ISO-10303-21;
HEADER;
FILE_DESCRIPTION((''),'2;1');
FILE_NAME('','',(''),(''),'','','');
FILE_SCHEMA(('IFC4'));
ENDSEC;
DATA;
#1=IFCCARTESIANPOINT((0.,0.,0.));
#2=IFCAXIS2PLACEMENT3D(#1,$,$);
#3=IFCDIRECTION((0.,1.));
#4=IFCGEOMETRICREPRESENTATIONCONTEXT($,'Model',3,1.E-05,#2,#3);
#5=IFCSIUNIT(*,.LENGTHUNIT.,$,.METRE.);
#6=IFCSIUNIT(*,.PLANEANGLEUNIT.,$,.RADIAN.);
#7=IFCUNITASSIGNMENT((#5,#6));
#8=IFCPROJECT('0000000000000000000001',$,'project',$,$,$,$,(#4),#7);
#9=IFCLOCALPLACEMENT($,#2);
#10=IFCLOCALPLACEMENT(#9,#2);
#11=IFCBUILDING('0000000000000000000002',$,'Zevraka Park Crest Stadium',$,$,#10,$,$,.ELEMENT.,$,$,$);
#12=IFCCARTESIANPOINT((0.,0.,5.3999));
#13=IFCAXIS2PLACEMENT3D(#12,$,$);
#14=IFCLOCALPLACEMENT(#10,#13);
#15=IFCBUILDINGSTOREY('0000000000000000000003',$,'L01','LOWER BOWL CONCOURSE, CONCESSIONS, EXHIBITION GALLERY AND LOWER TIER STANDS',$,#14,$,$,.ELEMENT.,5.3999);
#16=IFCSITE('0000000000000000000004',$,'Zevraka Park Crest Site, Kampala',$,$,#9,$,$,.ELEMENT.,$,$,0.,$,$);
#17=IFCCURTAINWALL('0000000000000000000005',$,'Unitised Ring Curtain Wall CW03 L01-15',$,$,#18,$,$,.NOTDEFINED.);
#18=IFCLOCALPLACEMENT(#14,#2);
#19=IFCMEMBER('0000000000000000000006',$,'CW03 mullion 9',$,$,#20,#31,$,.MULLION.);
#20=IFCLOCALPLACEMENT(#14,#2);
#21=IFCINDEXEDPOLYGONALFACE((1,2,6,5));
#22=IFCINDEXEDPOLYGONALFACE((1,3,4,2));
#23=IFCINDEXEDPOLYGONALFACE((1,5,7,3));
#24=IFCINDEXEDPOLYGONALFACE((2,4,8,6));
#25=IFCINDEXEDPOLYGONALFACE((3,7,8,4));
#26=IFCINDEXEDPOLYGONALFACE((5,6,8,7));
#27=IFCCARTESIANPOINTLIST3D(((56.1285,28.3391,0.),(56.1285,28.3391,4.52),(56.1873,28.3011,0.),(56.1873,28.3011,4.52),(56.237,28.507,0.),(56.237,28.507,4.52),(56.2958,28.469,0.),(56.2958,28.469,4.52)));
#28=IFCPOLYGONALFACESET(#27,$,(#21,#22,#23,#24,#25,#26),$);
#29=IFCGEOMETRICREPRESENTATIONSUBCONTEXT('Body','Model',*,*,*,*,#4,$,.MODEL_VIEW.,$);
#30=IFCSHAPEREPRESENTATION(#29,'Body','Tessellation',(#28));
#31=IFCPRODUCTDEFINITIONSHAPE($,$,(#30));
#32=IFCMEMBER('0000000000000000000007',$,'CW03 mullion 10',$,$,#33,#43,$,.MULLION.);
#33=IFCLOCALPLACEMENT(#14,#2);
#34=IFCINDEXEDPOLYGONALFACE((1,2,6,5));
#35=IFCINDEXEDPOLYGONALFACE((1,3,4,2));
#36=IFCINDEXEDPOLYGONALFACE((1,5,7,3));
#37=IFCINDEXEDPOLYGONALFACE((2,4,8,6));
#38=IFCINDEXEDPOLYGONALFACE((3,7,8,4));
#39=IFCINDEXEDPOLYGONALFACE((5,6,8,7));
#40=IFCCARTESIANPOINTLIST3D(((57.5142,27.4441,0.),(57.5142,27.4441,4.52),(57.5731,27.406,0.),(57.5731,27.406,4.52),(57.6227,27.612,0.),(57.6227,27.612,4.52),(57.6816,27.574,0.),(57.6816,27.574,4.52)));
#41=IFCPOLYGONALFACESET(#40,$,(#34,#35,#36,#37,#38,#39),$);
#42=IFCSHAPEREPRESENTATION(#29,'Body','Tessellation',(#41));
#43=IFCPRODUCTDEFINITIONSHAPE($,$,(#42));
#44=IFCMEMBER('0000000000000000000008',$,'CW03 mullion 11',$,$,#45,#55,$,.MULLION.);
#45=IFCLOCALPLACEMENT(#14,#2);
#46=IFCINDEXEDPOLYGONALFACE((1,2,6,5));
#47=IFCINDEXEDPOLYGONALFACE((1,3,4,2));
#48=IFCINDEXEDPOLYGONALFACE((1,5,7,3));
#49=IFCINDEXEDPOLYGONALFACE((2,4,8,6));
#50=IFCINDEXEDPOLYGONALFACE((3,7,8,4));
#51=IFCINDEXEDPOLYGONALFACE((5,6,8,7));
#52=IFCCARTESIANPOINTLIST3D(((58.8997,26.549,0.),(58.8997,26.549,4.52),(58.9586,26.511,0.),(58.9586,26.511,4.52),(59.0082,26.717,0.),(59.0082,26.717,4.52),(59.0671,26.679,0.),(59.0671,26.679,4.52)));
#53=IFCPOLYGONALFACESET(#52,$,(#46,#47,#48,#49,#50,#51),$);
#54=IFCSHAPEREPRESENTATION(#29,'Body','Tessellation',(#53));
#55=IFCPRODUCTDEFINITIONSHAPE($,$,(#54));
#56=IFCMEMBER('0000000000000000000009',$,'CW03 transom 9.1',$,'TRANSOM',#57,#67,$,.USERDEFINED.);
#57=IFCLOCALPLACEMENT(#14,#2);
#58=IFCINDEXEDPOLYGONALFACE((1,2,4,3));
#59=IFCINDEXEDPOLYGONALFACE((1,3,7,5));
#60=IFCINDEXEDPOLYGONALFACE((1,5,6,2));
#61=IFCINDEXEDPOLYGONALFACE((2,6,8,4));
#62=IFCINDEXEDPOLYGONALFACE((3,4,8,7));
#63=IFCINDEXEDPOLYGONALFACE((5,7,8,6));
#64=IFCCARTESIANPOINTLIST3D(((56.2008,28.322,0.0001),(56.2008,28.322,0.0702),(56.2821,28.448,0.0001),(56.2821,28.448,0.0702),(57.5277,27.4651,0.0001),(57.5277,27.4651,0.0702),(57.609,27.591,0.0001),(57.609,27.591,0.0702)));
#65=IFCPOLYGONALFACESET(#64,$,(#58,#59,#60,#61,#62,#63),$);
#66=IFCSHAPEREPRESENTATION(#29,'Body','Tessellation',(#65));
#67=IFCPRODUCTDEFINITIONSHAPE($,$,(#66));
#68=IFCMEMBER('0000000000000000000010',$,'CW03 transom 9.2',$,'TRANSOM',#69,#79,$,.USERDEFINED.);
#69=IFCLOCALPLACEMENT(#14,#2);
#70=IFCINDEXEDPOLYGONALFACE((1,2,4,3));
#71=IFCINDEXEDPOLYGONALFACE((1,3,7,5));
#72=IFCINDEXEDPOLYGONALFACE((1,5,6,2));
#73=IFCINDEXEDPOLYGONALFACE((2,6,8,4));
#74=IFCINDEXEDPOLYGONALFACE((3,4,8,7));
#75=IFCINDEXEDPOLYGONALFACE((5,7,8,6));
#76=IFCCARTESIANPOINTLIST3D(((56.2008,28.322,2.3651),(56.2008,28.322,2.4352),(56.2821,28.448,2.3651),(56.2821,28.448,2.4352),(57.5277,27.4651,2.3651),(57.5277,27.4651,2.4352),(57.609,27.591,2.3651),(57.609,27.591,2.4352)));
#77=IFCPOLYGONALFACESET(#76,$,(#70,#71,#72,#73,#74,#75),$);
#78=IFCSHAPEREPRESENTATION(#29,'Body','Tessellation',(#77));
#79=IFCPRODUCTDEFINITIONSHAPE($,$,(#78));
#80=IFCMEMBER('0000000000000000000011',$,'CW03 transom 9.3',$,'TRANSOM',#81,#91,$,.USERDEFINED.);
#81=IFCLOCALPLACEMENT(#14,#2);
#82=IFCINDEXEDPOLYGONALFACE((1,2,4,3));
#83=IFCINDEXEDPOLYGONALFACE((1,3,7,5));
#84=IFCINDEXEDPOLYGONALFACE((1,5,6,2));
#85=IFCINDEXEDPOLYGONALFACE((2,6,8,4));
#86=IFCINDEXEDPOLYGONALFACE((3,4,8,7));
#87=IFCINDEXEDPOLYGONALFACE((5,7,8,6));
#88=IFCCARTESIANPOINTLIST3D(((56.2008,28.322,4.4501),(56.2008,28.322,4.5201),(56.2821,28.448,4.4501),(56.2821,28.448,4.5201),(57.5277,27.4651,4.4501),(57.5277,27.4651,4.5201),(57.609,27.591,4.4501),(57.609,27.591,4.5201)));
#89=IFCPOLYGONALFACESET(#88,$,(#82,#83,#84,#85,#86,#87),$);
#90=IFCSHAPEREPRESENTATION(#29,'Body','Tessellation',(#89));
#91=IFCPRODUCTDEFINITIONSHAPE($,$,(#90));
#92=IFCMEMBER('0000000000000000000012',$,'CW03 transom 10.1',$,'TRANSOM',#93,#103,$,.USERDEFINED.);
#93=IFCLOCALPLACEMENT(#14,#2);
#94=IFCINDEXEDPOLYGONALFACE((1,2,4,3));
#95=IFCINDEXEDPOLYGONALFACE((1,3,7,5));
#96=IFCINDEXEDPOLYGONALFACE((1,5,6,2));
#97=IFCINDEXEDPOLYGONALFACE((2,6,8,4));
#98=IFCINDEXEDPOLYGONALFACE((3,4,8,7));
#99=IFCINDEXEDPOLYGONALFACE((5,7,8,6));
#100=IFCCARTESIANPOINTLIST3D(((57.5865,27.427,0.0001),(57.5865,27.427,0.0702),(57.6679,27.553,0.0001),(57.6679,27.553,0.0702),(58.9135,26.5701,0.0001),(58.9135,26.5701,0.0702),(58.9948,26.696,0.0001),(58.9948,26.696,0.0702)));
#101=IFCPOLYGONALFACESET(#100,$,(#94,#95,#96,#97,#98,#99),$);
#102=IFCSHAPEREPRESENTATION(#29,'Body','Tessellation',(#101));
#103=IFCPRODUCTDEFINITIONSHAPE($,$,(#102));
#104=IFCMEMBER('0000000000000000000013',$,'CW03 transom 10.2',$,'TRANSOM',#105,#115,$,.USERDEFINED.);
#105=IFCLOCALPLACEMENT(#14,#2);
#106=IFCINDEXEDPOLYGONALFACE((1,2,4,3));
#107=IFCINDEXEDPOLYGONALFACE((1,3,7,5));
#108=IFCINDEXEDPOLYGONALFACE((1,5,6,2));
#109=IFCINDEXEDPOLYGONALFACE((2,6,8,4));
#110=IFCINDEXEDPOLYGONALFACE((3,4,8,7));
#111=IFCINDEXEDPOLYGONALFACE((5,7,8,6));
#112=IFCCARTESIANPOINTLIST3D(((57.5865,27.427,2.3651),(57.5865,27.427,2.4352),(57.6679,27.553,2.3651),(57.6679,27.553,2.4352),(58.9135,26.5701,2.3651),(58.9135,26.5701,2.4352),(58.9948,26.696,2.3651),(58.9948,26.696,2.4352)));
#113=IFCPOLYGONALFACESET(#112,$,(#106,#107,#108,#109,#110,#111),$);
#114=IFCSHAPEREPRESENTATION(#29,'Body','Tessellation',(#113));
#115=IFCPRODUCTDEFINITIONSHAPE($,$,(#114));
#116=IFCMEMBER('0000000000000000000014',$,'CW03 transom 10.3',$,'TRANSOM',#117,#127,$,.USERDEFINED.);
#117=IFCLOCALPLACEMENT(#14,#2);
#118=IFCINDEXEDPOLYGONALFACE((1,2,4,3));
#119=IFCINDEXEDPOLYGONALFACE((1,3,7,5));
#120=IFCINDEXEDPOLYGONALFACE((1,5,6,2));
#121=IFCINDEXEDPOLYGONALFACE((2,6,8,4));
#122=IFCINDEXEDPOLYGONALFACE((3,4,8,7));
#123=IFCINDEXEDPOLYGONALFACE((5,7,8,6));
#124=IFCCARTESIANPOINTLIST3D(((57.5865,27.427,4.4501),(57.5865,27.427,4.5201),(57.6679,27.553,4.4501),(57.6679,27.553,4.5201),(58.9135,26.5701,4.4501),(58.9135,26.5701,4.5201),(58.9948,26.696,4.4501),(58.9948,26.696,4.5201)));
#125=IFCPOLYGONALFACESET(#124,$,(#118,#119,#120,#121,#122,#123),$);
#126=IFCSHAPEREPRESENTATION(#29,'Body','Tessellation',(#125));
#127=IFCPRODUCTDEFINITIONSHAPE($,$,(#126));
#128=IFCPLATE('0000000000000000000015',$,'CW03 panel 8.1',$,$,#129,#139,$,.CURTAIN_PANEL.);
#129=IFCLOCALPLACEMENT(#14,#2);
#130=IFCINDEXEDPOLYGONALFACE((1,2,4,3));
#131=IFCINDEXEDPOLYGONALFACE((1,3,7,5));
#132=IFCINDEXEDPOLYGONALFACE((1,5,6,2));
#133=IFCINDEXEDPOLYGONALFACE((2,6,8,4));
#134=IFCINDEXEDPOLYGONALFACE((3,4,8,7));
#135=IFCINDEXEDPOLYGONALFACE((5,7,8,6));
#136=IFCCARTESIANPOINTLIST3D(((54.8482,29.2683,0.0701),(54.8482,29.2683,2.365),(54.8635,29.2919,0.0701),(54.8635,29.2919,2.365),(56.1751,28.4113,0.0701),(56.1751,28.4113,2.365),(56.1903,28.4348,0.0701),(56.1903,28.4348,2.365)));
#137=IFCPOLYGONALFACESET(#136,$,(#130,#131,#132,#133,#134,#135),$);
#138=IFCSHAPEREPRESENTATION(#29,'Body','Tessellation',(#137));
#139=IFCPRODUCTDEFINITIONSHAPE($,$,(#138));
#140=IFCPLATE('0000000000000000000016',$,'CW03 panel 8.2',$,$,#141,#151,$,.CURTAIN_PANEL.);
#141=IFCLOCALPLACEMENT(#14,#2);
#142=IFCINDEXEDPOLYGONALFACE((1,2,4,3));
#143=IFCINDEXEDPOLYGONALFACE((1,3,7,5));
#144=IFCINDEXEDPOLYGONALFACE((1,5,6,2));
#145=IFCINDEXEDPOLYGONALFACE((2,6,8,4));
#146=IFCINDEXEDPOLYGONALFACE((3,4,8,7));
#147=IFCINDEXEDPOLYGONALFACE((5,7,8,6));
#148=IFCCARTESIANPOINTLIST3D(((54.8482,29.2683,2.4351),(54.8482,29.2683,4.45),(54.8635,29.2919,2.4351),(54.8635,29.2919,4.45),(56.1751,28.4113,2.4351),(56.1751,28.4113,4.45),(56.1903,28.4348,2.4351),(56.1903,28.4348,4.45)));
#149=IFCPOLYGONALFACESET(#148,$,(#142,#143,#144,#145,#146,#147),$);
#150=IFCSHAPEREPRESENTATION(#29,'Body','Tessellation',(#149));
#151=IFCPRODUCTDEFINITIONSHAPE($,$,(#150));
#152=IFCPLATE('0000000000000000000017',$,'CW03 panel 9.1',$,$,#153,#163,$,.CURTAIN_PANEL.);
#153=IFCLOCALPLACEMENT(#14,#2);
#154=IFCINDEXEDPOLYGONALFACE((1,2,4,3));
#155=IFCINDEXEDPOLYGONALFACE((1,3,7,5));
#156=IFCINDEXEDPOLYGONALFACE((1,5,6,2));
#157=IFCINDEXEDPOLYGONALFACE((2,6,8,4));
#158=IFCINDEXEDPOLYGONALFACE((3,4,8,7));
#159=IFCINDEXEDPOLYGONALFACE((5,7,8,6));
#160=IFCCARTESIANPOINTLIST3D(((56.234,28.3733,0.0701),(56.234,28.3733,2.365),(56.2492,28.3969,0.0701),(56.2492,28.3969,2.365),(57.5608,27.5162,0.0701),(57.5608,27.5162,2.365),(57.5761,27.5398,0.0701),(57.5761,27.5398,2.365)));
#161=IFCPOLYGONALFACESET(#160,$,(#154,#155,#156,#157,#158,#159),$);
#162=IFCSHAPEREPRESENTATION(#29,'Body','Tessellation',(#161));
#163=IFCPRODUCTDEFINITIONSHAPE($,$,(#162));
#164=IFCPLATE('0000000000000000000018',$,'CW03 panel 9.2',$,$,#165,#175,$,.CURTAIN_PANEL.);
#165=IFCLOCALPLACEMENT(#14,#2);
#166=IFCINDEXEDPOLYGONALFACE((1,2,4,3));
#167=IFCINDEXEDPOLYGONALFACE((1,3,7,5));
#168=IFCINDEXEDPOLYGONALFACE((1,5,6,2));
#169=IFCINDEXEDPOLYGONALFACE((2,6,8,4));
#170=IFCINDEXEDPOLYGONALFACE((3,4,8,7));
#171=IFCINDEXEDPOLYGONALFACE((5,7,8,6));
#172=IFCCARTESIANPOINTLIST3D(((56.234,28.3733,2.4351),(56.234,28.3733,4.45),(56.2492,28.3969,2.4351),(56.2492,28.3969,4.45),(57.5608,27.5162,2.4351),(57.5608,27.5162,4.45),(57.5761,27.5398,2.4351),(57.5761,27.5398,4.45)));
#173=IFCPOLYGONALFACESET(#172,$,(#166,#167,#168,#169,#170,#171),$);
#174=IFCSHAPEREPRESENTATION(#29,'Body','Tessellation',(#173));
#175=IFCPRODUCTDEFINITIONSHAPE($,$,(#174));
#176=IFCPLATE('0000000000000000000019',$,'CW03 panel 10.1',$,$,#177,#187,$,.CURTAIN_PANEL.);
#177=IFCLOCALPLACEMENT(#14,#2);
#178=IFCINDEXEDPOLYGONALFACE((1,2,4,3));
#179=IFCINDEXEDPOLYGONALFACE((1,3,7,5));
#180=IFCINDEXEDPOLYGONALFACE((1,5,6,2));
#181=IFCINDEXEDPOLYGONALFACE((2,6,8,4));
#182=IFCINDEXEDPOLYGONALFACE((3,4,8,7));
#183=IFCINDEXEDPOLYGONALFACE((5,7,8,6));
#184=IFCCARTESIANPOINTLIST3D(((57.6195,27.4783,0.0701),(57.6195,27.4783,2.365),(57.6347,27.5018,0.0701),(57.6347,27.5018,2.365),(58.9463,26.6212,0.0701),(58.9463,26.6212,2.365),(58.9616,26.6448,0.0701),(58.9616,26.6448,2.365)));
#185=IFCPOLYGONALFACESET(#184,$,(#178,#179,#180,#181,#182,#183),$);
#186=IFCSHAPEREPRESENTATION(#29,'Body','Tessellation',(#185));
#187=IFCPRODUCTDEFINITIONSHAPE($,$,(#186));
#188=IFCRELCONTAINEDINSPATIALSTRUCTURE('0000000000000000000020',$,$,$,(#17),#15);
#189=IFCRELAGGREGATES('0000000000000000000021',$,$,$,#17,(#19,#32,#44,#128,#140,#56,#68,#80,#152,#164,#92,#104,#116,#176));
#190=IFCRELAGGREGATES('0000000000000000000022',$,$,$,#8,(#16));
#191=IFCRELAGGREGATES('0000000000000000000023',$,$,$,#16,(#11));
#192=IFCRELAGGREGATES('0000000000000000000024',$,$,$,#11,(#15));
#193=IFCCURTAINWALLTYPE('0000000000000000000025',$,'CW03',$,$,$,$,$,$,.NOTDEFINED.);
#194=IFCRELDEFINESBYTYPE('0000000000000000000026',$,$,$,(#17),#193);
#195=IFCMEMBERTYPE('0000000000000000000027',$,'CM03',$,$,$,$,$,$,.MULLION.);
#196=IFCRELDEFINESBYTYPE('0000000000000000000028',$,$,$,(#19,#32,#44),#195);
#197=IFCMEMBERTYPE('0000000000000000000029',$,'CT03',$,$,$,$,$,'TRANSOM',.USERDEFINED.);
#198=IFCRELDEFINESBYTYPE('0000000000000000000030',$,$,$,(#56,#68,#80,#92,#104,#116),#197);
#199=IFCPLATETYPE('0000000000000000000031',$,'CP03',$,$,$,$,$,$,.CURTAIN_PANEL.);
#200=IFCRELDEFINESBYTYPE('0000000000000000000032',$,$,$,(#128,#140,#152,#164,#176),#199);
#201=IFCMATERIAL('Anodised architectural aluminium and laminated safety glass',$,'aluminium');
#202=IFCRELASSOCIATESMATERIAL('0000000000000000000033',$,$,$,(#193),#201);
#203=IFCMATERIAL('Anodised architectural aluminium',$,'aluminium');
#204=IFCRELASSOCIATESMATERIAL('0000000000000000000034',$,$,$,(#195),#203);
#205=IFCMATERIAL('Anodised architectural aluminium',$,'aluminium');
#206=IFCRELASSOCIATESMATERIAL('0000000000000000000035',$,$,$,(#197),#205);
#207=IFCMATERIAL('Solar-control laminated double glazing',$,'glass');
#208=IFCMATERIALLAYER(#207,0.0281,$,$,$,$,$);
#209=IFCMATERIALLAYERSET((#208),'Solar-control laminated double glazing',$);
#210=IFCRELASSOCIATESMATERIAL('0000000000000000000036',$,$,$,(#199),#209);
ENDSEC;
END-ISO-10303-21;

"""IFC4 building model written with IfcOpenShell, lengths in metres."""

from ifc_helpers import new_model, si_unit, direction, frame, origin, origin_2d, place, context, subcontext, project, spatial, rectangle, extrude, material, layer, layer_set, material_profile, profile_set, type_object, element, aggregate, save


model = new_model("IFC4")

# Units and contexts
model_context = context("Model", 3, precision=1e-05, world=origin(), true_north=direction((0.0, 1.0)))
body_context = subcontext(model_context, "Body", "Model", "MODEL_VIEW")
ifc_project = project(units=[si_unit("LENGTHUNIT", "METRE"), si_unit("PLANEANGLEUNIT", "RADIAN")], contexts=[model_context])

# Site, building, storey
site_placement = place(None, origin())
site = spatial("IfcSite", under=ifc_project, at=site_placement, Name="Zevraka Park Crest Site, Kampala", CompositionType="ELEMENT", RefElevation=0.0)
building_placement = place(site_placement, origin())
building = spatial("IfcBuilding", under=site, at=building_placement, Name="Zevraka Park Crest Stadium", CompositionType="ELEMENT")
storey_placement = place(building_placement, frame((0.0, 0.0, 5.3999)))
storey = spatial("IfcBuildingStorey", under=building, at=storey_placement, Name="L01", Description="LOWER BOWL CONCOURSE, CONCESSIONS, EXHIBITION GALLERY AND LOWER TIER STANDS", CompositionType="ELEMENT", Elevation=5.3999)

# Curtain wall, members, plates
ifc_material_1 = material(Name="Anodised architectural aluminium and laminated safety glass", Category="aluminium")
curtain_wall_type = type_object("IfcCurtainWallType", Name="CW03", PredefinedType="NOTDEFINED", material=ifc_material_1)
curtain_wall_placement = place(storey_placement, origin())
curtain_wall = element("IfcCurtainWall", 1, at=curtain_wall_placement, inside=storey, type_object=curtain_wall_type, Name="Unitised Ring Curtain Wall CW03 L01-15", PredefinedType="NOTDEFINED")
ifc_material_2 = material(Name="Anodised architectural aluminium", Category="aluminium")
ifc_material_profile_1 = material_profile(ifc_material_2, rectangle(XDim=0.2, YDim=0.0701, at=origin_2d()), Name="ALU MULLION 200x70")
ifc_profile_set_1 = profile_set([ifc_material_profile_1], Name="Anodised architectural aluminium")
member_type_1 = type_object("IfcMemberType", Name="CM03", PredefinedType="MULLION", material=ifc_profile_set_1)
member_1_placement = place(storey_placement, frame((56.2122, 28.4041, 0.0), z_axis=(0.0, 0.0, 1.0), x_axis=(0.542571, 0.84001, 0.0)))
member_1 = element("IfcMember", 2, at=member_1_placement, type_object=member_type_1, Name="CW03 mullion 9", PredefinedType="MULLION", context=body_context, shape_type="SweptSolid", body=[
    extrude(rectangle(XDim=0.2, YDim=0.0701, at=origin_2d()), origin(), (0.0, 0.0, 1.0), 4.52),
])
member_2_placement = place(storey_placement, frame((57.5979, 27.509, 0.0), z_axis=(0.0, 0.0, 1.0), x_axis=(0.542571, 0.84001, 0.0)))
member_2 = element("IfcMember", 3, at=member_2_placement, type_object=member_type_1, Name="CW03 mullion 10", PredefinedType="MULLION", context=body_context, shape_type="SweptSolid", body=[
    extrude(rectangle(XDim=0.2, YDim=0.0701, at=origin_2d()), origin(), (0.0, 0.0, 1.0), 4.52),
])
member_3_placement = place(storey_placement, frame((58.9834, 26.614, 0.0), z_axis=(0.0, 0.0, 1.0), x_axis=(0.542571, 0.84001, 0.0)))
member_3 = element("IfcMember", 4, at=member_3_placement, type_object=member_type_1, Name="CW03 mullion 11", PredefinedType="MULLION", context=body_context, shape_type="SweptSolid", body=[
    extrude(rectangle(XDim=0.2, YDim=0.0701, at=origin_2d()), origin(), (0.0, 0.0, 1.0), 4.52),
])
ifc_material_3 = material(Name="Anodised architectural aluminium", Category="aluminium")
ifc_material_profile_2 = material_profile(ifc_material_3, rectangle(XDim=0.1499, YDim=0.0701, at=origin_2d()), Name="ALU TRANSOM 150x70")
ifc_profile_set_2 = profile_set([ifc_material_profile_2], Name="Anodised architectural aluminium")
member_type_2 = type_object("IfcMemberType", Name="CT03", ElementType="TRANSOM", PredefinedType="USERDEFINED", material=ifc_profile_set_2)
member_4_placement = place(storey_placement, frame((56.2415, 28.385, 0.0352), z_axis=(0.840047, -0.542514, 0.0), x_axis=(0.542514, 0.840047, 0.0)))
member_4 = element("IfcMember", 5, at=member_4_placement, type_object=member_type_2, Name="CW03 transom 9.1", ObjectType="TRANSOM", PredefinedType="USERDEFINED", context=body_context, shape_type="SweptSolid", body=[
    extrude(rectangle(XDim=0.1499, YDim=0.0701, at=origin_2d()), origin(), (0.0, 0.0, 1.0), 1.5796),
])
member_5_placement = place(storey_placement, frame((56.2415, 28.385, 2.4001), z_axis=(0.840047, -0.542514, 0.0), x_axis=(0.542514, 0.840047, 0.0)))
member_5 = element("IfcMember", 6, at=member_5_placement, type_object=member_type_2, Name="CW03 transom 9.2", ObjectType="TRANSOM", PredefinedType="USERDEFINED", context=body_context, shape_type="SweptSolid", body=[
    extrude(rectangle(XDim=0.1499, YDim=0.0701, at=origin_2d()), origin(), (0.0, 0.0, 1.0), 1.5796),
])
member_6_placement = place(storey_placement, frame((56.2415, 28.385, 4.4851), z_axis=(0.840047, -0.542514, 0.0), x_axis=(0.542514, 0.840047, 0.0)))
member_6 = element("IfcMember", 7, at=member_6_placement, type_object=member_type_2, Name="CW03 transom 9.3", ObjectType="TRANSOM", PredefinedType="USERDEFINED", context=body_context, shape_type="SweptSolid", body=[
    extrude(rectangle(XDim=0.1499, YDim=0.0701, at=origin_2d()), origin(), (0.0, 0.0, 1.0), 1.5796),
])
member_7_placement = place(storey_placement, frame((57.6272, 27.49, 0.0352), z_axis=(0.840047, -0.542514, 0.0), x_axis=(0.542514, 0.840047, 0.0)))
member_7 = element("IfcMember", 8, at=member_7_placement, type_object=member_type_2, Name="CW03 transom 10.1", ObjectType="TRANSOM", PredefinedType="USERDEFINED", context=body_context, shape_type="SweptSolid", body=[
    extrude(rectangle(XDim=0.1499, YDim=0.0701, at=origin_2d()), origin(), (0.0, 0.0, 1.0), 1.5796),
])
member_8_placement = place(storey_placement, frame((57.6272, 27.49, 2.4001), z_axis=(0.840047, -0.542514, 0.0), x_axis=(0.542514, 0.840047, 0.0)))
member_8 = element("IfcMember", 9, at=member_8_placement, type_object=member_type_2, Name="CW03 transom 10.2", ObjectType="TRANSOM", PredefinedType="USERDEFINED", context=body_context, shape_type="SweptSolid", body=[
    extrude(rectangle(XDim=0.1499, YDim=0.0701, at=origin_2d()), origin(), (0.0, 0.0, 1.0), 1.5796),
])
member_9_placement = place(storey_placement, frame((57.6272, 27.49, 4.4851), z_axis=(0.840047, -0.542514, 0.0), x_axis=(0.542514, 0.840047, 0.0)))
member_9 = element("IfcMember", 10, at=member_9_placement, type_object=member_type_2, Name="CW03 transom 10.3", ObjectType="TRANSOM", PredefinedType="USERDEFINED", context=body_context, shape_type="SweptSolid", body=[
    extrude(rectangle(XDim=0.1499, YDim=0.0701, at=origin_2d()), origin(), (0.0, 0.0, 1.0), 1.5796),
])
ifc_material_4 = material(Name="Solar-control laminated double glazing", Category="glass")
ifc_layer_1 = layer(ifc_material_4, 0.0281)
ifc_layer_set_1 = layer_set([ifc_layer_1], Name="Solar-control laminated double glazing")
plate_type = type_object("IfcPlateType", Name="CP03", PredefinedType="CURTAIN_PANEL", material=ifc_layer_set_1)
plate_1_placement = place(storey_placement, frame((55.5193, 28.8516, 0.0701), z_axis=(0.0, 0.0, 1.0), x_axis=(0.84001, -0.542571, 0.0)))
plate_1 = element("IfcPlate", 11, at=plate_1_placement, type_object=plate_type, Name="CW03 panel 8.1", PredefinedType="CURTAIN_PANEL", context=body_context, shape_type="SweptSolid", body=[
    extrude(rectangle(XDim=1.5796, YDim=0.0281, at=origin_2d()), origin(), (0.0, 0.0, 1.0), 2.2949),
])
plate_2_placement = place(storey_placement, frame((55.5193, 28.8516, 2.4351), z_axis=(0.0, 0.0, 1.0), x_axis=(0.84001, -0.542571, 0.0)))
plate_2 = element("IfcPlate", 12, at=plate_2_placement, type_object=plate_type, Name="CW03 panel 8.2", PredefinedType="CURTAIN_PANEL", context=body_context, shape_type="SweptSolid", body=[
    extrude(rectangle(XDim=1.5796, YDim=0.0281, at=origin_2d()), origin(), (0.0, 0.0, 1.0), 2.0149),
])
plate_3_placement = place(storey_placement, frame((56.905, 27.9565, 0.0701), z_axis=(0.0, 0.0, 1.0), x_axis=(0.84001, -0.542571, 0.0)))
plate_3 = element("IfcPlate", 13, at=plate_3_placement, type_object=plate_type, Name="CW03 panel 9.1", PredefinedType="CURTAIN_PANEL", context=body_context, shape_type="SweptSolid", body=[
    extrude(rectangle(XDim=1.5796, YDim=0.0281, at=origin_2d()), origin(), (0.0, 0.0, 1.0), 2.2949),
])
plate_4_placement = place(storey_placement, frame((56.905, 27.9565, 2.4351), z_axis=(0.0, 0.0, 1.0), x_axis=(0.84001, -0.542571, 0.0)))
plate_4 = element("IfcPlate", 14, at=plate_4_placement, type_object=plate_type, Name="CW03 panel 9.2", PredefinedType="CURTAIN_PANEL", context=body_context, shape_type="SweptSolid", body=[
    extrude(rectangle(XDim=1.5796, YDim=0.0281, at=origin_2d()), origin(), (0.0, 0.0, 1.0), 2.0149),
])
plate_5_placement = place(storey_placement, frame((58.2905, 27.0615, 0.0701), z_axis=(0.0, 0.0, 1.0), x_axis=(0.84001, -0.542571, 0.0)))
plate_5 = element("IfcPlate", 15, at=plate_5_placement, type_object=plate_type, Name="CW03 panel 10.1", PredefinedType="CURTAIN_PANEL", context=body_context, shape_type="SweptSolid", body=[
    extrude(rectangle(XDim=1.5796, YDim=0.0281, at=origin_2d()), origin(), (0.0, 0.0, 1.0), 2.2949),
])
aggregate(curtain_wall, [member_1, member_2, member_3, plate_1, plate_2, member_4, member_5, member_6, plate_3, plate_4, member_7, member_8, member_9, plate_5])

save(model, "model.ifc")
